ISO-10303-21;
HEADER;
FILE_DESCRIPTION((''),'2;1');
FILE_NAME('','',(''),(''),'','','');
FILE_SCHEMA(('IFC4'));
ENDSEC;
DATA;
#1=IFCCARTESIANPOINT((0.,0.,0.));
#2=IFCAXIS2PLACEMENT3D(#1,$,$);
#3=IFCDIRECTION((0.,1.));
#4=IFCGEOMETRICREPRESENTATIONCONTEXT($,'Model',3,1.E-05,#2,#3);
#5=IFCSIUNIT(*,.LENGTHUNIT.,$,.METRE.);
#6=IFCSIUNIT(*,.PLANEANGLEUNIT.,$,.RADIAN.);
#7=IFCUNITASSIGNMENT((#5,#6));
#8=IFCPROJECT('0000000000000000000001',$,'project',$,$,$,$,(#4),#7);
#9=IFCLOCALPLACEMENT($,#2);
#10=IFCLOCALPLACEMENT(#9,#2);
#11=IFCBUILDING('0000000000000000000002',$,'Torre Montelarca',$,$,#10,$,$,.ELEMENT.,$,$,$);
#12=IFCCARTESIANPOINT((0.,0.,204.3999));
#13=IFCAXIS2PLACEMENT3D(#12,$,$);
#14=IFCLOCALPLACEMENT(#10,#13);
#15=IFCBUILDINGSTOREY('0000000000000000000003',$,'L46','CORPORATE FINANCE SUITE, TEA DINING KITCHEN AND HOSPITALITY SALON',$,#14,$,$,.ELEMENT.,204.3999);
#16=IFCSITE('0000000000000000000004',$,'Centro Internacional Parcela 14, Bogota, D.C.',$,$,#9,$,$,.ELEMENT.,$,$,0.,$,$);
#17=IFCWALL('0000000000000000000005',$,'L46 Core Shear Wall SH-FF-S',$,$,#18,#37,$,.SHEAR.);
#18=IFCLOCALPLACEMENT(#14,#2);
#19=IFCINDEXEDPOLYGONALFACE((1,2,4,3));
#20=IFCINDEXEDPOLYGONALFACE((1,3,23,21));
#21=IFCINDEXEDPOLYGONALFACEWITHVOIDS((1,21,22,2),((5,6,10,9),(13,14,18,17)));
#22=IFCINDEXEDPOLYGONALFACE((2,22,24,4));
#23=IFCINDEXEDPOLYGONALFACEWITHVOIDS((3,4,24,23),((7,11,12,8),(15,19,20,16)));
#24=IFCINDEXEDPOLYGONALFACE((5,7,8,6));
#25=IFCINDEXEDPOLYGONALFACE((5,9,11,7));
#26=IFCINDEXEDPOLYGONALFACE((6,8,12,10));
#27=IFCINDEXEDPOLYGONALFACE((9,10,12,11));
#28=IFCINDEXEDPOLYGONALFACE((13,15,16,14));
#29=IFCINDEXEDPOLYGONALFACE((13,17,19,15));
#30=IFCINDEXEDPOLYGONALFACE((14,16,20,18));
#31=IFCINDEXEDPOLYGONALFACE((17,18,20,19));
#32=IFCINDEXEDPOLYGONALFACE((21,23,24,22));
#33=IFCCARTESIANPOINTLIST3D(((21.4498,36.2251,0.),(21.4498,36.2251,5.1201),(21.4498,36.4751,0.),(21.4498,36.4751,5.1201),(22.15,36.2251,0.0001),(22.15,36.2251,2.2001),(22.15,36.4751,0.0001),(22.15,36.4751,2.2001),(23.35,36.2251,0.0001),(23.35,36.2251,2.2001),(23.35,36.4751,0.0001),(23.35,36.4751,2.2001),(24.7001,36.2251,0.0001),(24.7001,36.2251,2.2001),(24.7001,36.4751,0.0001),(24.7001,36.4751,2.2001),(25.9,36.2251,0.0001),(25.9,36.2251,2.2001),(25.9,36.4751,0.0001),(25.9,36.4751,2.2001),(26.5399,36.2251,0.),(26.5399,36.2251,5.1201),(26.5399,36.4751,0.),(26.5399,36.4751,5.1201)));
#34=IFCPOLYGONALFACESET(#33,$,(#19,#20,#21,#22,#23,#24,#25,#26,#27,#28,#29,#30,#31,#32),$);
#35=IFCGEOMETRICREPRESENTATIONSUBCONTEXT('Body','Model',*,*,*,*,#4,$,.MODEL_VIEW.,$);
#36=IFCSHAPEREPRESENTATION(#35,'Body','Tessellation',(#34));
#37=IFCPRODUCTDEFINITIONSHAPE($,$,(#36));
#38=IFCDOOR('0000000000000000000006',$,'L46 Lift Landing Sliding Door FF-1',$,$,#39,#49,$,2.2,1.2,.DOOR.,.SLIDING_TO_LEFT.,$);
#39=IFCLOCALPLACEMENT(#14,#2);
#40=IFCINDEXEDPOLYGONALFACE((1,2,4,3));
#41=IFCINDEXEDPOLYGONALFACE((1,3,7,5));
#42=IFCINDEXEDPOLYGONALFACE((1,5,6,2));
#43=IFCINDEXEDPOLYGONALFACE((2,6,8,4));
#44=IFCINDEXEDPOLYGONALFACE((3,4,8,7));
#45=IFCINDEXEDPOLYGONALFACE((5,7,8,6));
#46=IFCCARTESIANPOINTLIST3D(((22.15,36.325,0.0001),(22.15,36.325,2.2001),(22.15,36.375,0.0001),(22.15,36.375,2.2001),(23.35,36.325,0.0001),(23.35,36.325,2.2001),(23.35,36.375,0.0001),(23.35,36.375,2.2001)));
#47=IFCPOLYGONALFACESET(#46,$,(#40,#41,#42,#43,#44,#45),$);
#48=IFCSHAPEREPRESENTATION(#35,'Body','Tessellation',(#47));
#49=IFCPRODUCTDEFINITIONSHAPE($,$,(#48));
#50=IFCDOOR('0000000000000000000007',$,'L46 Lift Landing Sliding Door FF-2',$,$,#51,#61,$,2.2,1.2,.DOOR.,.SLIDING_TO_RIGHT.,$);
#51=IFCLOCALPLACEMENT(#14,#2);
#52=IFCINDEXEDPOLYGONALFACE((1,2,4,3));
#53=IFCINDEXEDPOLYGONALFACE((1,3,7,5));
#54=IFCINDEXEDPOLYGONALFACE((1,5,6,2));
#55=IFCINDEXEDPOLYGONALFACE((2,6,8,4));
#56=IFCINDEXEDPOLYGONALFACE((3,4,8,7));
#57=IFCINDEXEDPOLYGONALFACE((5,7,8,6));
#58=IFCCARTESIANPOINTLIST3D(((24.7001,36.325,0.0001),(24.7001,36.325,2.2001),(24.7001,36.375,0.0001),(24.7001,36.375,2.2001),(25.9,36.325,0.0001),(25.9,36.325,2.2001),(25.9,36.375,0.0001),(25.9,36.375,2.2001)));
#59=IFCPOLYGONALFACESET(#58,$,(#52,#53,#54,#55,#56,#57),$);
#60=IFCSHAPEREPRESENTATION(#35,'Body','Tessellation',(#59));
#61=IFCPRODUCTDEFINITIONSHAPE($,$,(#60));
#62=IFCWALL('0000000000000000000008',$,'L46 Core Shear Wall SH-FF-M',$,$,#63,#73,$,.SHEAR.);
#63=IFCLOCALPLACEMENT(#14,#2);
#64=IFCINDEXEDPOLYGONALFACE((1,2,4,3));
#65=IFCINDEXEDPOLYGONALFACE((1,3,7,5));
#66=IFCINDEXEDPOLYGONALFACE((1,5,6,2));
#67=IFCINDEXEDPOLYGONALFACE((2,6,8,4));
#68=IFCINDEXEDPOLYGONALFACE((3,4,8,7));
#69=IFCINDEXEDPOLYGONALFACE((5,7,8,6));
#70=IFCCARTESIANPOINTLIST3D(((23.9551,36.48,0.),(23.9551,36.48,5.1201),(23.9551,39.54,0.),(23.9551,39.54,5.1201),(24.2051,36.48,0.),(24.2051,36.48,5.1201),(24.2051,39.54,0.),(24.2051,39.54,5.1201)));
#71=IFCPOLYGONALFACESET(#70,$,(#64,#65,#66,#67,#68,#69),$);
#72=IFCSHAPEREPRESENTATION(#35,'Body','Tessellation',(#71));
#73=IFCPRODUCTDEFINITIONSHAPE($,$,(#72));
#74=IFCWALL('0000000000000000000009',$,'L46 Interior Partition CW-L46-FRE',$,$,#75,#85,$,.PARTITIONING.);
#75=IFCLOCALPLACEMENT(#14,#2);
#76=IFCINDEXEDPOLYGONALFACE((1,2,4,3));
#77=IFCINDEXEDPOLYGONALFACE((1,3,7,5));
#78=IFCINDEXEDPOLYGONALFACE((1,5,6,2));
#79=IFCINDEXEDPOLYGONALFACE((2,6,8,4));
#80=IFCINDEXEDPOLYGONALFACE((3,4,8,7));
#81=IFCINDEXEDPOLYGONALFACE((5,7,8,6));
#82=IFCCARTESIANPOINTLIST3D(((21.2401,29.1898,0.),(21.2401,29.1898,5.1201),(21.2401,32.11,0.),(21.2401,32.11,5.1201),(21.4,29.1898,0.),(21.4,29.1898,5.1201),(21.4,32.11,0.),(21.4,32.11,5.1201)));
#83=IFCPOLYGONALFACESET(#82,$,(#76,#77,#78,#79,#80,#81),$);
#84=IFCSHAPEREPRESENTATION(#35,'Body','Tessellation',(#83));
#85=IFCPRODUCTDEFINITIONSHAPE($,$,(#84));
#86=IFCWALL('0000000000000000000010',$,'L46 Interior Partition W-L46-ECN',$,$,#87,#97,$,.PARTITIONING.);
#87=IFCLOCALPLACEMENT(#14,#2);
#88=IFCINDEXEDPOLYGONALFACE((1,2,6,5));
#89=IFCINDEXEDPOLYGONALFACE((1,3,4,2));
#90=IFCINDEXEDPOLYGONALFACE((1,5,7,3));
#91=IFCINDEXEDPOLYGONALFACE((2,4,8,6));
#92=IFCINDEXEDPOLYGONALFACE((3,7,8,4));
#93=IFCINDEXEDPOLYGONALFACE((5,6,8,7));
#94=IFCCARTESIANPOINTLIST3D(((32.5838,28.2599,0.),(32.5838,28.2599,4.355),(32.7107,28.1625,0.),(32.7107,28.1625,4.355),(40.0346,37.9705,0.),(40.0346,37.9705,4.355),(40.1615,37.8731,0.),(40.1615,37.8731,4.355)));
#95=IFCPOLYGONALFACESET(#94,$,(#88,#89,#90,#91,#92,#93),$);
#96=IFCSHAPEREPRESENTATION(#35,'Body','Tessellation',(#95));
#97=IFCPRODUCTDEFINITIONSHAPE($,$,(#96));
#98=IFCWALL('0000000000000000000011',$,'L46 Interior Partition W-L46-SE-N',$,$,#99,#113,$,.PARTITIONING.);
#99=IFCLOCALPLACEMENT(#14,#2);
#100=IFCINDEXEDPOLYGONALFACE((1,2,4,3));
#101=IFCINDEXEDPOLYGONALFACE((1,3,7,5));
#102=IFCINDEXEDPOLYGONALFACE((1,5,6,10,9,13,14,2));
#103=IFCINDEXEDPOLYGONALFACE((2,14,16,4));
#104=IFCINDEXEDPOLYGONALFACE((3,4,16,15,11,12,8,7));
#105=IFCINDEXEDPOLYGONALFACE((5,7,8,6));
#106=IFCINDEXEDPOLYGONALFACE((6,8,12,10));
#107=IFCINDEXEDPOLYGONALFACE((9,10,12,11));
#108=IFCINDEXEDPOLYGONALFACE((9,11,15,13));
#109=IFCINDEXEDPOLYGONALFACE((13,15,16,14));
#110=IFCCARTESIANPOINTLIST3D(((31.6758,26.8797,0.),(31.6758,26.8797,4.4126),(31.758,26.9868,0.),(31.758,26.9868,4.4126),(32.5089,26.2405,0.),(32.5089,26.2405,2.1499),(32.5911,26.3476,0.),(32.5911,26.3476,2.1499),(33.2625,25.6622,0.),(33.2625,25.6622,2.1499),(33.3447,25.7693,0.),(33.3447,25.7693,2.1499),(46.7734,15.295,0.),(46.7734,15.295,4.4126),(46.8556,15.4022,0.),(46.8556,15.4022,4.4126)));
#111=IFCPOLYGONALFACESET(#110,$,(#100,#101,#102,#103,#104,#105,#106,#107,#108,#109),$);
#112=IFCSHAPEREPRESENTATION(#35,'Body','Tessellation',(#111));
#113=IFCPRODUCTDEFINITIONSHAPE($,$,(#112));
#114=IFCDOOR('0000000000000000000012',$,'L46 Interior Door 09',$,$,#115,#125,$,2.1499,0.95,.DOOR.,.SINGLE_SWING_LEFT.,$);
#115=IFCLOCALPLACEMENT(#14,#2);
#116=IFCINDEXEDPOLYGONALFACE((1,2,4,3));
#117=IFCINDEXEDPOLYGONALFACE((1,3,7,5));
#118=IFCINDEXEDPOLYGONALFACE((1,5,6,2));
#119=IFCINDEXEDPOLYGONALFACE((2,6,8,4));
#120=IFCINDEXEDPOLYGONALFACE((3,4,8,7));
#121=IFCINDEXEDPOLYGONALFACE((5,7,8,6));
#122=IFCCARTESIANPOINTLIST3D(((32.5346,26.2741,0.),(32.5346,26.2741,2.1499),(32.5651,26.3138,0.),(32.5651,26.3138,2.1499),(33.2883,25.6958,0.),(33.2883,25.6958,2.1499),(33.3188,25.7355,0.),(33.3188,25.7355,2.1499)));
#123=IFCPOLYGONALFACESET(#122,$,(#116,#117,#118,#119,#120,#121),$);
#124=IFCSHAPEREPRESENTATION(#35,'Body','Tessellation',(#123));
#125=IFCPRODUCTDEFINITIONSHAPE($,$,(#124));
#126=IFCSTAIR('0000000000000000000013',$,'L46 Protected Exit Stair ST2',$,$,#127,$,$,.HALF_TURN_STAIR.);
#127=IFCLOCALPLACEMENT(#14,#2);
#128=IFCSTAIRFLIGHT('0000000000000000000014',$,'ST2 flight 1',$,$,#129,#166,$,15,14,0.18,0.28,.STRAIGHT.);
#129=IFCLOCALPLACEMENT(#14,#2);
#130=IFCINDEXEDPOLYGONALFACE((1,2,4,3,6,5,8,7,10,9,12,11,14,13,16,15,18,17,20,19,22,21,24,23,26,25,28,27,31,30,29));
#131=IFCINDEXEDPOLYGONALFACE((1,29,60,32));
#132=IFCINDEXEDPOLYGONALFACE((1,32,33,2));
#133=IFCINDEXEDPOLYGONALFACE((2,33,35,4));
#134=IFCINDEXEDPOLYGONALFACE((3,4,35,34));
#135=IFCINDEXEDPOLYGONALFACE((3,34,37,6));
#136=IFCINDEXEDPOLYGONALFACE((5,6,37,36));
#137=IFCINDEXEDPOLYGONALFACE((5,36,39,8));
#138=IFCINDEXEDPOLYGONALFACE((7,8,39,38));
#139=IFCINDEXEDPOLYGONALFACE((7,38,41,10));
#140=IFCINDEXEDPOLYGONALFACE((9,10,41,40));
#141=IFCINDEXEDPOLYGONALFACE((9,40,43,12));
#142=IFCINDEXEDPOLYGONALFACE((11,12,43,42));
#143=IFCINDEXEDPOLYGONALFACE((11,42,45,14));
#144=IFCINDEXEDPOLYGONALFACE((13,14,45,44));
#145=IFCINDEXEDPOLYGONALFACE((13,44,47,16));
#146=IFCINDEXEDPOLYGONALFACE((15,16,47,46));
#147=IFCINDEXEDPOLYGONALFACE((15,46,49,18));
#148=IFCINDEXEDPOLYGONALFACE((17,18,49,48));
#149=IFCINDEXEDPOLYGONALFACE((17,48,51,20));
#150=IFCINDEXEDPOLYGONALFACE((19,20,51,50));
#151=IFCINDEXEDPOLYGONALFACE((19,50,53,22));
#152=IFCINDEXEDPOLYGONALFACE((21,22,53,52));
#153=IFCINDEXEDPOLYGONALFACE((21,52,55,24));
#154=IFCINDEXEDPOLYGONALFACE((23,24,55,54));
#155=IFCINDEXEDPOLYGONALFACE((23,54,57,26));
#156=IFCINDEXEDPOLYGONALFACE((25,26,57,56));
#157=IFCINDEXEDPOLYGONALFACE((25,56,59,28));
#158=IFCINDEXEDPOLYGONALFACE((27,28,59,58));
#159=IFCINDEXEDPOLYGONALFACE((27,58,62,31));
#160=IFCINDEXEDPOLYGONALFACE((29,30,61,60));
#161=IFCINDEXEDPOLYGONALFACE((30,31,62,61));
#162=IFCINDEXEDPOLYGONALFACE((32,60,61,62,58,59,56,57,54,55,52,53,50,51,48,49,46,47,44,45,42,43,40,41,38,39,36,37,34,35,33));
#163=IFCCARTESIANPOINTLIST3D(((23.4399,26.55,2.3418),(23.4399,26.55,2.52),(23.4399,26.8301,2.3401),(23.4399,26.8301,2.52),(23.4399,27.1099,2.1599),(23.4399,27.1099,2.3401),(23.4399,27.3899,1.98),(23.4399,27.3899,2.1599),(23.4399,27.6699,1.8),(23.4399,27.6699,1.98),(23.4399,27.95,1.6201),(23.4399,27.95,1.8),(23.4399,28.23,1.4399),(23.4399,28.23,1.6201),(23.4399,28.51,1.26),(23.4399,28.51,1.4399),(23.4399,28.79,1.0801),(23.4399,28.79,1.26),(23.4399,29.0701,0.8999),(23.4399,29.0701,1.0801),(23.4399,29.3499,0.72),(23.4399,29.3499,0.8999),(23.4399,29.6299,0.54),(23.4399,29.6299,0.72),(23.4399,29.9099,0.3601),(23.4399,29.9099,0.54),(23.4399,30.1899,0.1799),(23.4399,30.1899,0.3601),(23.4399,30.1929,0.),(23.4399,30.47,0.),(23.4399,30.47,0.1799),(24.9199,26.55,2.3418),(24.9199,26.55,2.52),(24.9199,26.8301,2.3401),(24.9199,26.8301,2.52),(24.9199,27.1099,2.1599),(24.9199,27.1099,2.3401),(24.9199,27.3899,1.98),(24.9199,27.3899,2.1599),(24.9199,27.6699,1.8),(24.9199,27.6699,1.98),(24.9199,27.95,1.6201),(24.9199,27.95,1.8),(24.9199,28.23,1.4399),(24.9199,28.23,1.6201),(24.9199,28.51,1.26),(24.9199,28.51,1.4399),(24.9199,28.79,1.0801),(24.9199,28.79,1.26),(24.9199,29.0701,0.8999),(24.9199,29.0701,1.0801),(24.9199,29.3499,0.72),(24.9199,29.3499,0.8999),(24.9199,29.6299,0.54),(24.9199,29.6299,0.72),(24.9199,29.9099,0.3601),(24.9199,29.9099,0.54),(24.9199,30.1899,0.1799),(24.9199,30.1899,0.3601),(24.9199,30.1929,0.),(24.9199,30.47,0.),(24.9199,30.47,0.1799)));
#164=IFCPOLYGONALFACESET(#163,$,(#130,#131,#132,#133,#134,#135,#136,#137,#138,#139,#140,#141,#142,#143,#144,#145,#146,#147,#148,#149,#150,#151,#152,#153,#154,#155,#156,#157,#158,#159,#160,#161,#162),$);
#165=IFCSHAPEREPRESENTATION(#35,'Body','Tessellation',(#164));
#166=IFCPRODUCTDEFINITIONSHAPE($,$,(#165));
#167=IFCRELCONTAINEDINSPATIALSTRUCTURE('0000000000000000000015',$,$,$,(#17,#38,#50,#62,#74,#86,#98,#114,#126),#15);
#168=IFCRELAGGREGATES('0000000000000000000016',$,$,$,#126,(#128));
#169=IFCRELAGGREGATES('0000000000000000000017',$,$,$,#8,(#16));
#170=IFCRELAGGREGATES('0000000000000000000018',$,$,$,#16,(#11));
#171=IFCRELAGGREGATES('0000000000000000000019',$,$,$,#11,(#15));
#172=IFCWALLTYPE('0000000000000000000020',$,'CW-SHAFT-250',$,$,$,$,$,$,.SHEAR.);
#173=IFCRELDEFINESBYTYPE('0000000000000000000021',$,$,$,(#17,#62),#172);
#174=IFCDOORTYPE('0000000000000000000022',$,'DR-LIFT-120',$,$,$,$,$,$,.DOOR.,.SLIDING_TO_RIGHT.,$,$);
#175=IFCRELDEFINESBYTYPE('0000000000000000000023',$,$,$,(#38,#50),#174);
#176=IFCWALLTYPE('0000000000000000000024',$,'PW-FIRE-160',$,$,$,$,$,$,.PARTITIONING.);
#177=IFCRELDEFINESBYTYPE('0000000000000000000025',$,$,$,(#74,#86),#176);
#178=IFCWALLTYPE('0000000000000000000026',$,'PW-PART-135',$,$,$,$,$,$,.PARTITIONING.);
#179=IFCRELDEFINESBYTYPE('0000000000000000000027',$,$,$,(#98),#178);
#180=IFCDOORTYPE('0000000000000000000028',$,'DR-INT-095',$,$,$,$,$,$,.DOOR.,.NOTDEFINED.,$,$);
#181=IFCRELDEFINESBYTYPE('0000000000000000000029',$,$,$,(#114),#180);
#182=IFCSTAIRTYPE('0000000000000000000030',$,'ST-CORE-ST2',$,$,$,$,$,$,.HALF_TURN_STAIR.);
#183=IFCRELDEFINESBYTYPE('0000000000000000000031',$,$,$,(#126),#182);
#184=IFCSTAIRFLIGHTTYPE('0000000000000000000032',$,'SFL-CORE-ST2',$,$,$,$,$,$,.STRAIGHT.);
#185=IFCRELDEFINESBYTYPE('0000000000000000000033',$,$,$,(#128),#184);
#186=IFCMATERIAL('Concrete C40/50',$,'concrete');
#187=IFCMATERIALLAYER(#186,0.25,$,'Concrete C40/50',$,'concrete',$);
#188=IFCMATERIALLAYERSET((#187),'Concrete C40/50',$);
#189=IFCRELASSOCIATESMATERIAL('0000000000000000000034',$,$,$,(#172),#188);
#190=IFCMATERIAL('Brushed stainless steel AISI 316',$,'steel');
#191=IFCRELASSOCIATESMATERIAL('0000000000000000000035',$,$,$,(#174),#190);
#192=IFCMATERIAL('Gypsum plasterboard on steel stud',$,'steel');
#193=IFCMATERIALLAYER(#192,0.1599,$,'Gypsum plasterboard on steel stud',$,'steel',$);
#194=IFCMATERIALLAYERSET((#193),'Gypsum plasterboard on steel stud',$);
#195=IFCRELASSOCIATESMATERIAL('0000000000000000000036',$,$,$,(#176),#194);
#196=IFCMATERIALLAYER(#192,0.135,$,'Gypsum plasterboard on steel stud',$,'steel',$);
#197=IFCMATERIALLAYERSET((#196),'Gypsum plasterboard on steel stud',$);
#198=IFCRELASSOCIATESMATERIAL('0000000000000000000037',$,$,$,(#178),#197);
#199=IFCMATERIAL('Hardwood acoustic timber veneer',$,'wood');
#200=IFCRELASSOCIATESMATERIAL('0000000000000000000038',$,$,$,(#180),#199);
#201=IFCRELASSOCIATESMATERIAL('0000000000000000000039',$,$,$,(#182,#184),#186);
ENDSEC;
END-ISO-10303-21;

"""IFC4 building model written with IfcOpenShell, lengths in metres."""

from ifc_helpers import new_model, si_unit, direction, frame, frame_2d, origin, place, context, subcontext, project, spatial, polyline, rectangle, outline, extrude, source, transform, mapped, material, layer, layer_set, type_object, element, fill, aggregate, save


model = new_model("IFC4")

# Units and contexts
model_context = context("Model", 3, precision=1e-05, world=origin(), true_north=direction((0.0, 1.0)))
body_context = subcontext(model_context, "Body", "Model", "MODEL_VIEW")
ifc_project = project(units=[si_unit("LENGTHUNIT", "METRE"), si_unit("PLANEANGLEUNIT", "RADIAN")], contexts=[model_context])

# Site, building, storey
site_placement = place(None, origin())
site = spatial("IfcSite", under=ifc_project, at=site_placement, Name="Centro Internacional Parcela 14, Bogota, D.C.", CompositionType="ELEMENT", RefElevation=0.0)
building_placement = place(site_placement, origin())
building = spatial("IfcBuilding", under=site, at=building_placement, Name="Torre Montelarca", CompositionType="ELEMENT")
storey_placement = place(building_placement, frame((0.0, 0.0, 204.3999)))
storey = spatial("IfcBuildingStorey", under=building, at=storey_placement, Name="L46", Description="CORPORATE FINANCE SUITE, TEA DINING KITCHEN AND HOSPITALITY SALON", CompositionType="ELEMENT", Elevation=204.3999)

# Shared definitions
ifc_material_1 = material(Name="Concrete C40/50", Category="concrete")
ifc_layer_1 = layer(ifc_material_1, 0.25, Name="Concrete C40/50", Category="concrete")
ifc_layer_set_1 = layer_set([ifc_layer_1], Name="Concrete C40/50")
wall_type_1 = type_object("IfcWallType", Name="CW-SHAFT-250", PredefinedType="SHEAR", material=ifc_layer_set_1)

# Wall, openings, doors
wall_1_placement = place(storey_placement, frame((21.45, 36.3501, 0.0), z_axis=(0.0, 0.0, 1.0), x_axis=(1.0, 0.0, 0.0)))
wall_1 = element("IfcWall", 1, at=wall_1_placement, inside=storey, type_object=wall_type_1, Name="L46 Core Shear Wall SH-FF-S", PredefinedType="SHEAR", context=body_context, shape_type="SweptSolid", body=[
    extrude(rectangle(XDim=5.0901, YDim=0.25, at=frame_2d((2.5449, 0.0))), origin(), (0.0, 0.0, 1.0), 5.1201),
])
opening_1_placement = place(wall_1_placement, frame((0.7, 0.0, 0.0)))
opening_1 = element("IfcOpeningElement", 2, at=opening_1_placement, cuts=wall_1, PredefinedType="OPENING", context=body_context, shape_type="SweptSolid", body=[
    extrude(rectangle(XDim=1.2, YDim=2.2, at=frame_2d((0.6001, 1.1001))), frame((0.0, 0.135, 0.0), z_axis=(0.0, -1.0, 0.0), x_axis=(1.0, 0.0, 0.0)), (0.0, 0.0, 1.0), 0.27),
])
opening_2_placement = place(wall_1_placement, frame((3.25, 0.0, 0.0)))
opening_2 = element("IfcOpeningElement", 3, at=opening_2_placement, cuts=wall_1, PredefinedType="OPENING", context=body_context, shape_type="SweptSolid", body=[
    extrude(rectangle(XDim=1.2, YDim=2.2, at=frame_2d((0.6001, 1.1001))), frame((0.0, 0.135, 0.0), z_axis=(0.0, -1.0, 0.0), x_axis=(1.0, 0.0, 0.0)), (0.0, 0.0, 1.0), 0.27),
])
ifc_material_2 = material(Name="Brushed stainless steel AISI 316", Category="steel")
door_type_1 = type_object("IfcDoorType", Name="DR-LIFT-120", OperationType="SLIDING_TO_RIGHT", PredefinedType="DOOR", material=ifc_material_2)
shared_shape_1 = source(origin(), body_context, "Body", "SweptSolid", [
    extrude(rectangle(XDim=1.2, YDim=2.2, at=frame_2d((0.6001, 1.1001))), frame((0.0, 0.0249, 0.0), z_axis=(0.0, -1.0, 0.0), x_axis=(1.0, 0.0, 0.0)), (0.0, 0.0, 1.0), 0.05),
])
door_1_placement = place(opening_1_placement, origin())
door_1 = element("IfcDoor", 4, at=door_1_placement, inside=storey, type_object=door_type_1, Name="L46 Lift Landing Sliding Door FF-1", OperationType="SLIDING_TO_LEFT", OverallHeight=2.2, OverallWidth=1.2, PredefinedType="DOOR", context=body_context, shape_type="MappedRepresentation", body=[
    mapped(shared_shape_1, transform((0.0, 0.0, 0.0), scale=1.0)),
])
fill(opening_1, door_1)
door_2_placement = place(opening_2_placement, origin())
door_2 = element("IfcDoor", 5, at=door_2_placement, inside=storey, type_object=door_type_1, Name="L46 Lift Landing Sliding Door FF-2", OperationType="SLIDING_TO_RIGHT", OverallHeight=2.2, OverallWidth=1.2, PredefinedType="DOOR", context=body_context, shape_type="MappedRepresentation", body=[
    mapped(shared_shape_1, transform((0.0, 0.0, 0.0), scale=1.0)),
])
fill(opening_2, door_2)

# Walls
wall_2_placement = place(storey_placement, frame((24.0801, 36.48, 0.0), z_axis=(0.0, 0.0, 1.0), x_axis=(0.0, 1.0, 0.0)))
element("IfcWall", 6, at=wall_2_placement, inside=storey, type_object=wall_type_1, Name="L46 Core Shear Wall SH-FF-M", PredefinedType="SHEAR", context=body_context, shape_type="SweptSolid", body=[
    extrude(rectangle(XDim=3.0601, YDim=0.25, at=frame_2d((1.53, 0.0))), origin(), (0.0, 0.0, 1.0), 5.1201),
])
ifc_material_3 = material(Name="Gypsum plasterboard on steel stud", Category="steel")
ifc_layer_2 = layer(ifc_material_3, 0.1599, Name="Gypsum plasterboard on steel stud", Category="steel")
ifc_layer_set_2 = layer_set([ifc_layer_2], Name="Gypsum plasterboard on steel stud")
wall_type_2 = type_object("IfcWallType", Name="PW-FIRE-160", PredefinedType="PARTITIONING", material=ifc_layer_set_2)
wall_3_placement = place(storey_placement, frame((21.3201, 29.1899, 0.0), z_axis=(0.0, 0.0, 1.0), x_axis=(0.0, 1.0, 0.0)))
element("IfcWall", 7, at=wall_3_placement, inside=storey, type_object=wall_type_2, Name="L46 Interior Partition CW-L46-FRE", PredefinedType="PARTITIONING", context=body_context, shape_type="SweptSolid", body=[
    extrude(rectangle(XDim=2.9202, YDim=0.1599, at=frame_2d((1.46, 0.0))), origin(), (0.0, 0.0, 1.0), 5.1201),
])
wall_4_placement = place(storey_placement, frame((32.6472, 28.2112, 0.0), z_axis=(0.0, 0.0, 1.0), x_axis=(0.608743, 0.793367, 0.0)))
element("IfcWall", 8, at=wall_4_placement, inside=storey, type_object=wall_type_2, Name="L46 Interior Partition W-L46-ECN", PredefinedType="PARTITIONING", context=body_context, shape_type="SweptSolid", body=[
    extrude(rectangle(XDim=12.2397, YDim=0.1599, at=frame_2d((6.1199, 0.0))), origin(), (0.0, 0.0, 1.0), 4.355),
])

# Wall, opening, door
ifc_layer_3 = layer(ifc_material_3, 0.135, Name="Gypsum plasterboard on steel stud", Category="steel")
ifc_layer_set_3 = layer_set([ifc_layer_3], Name="Gypsum plasterboard on steel stud")
wall_type_3 = type_object("IfcWallType", Name="PW-PART-135", PredefinedType="PARTITIONING", material=ifc_layer_set_3)
wall_5_placement = place(storey_placement, frame((31.7168, 26.9333, 0.0), z_axis=(0.0, 0.0, 1.0), x_axis=(0.793356, -0.608757, 0.0)))
wall_5 = element("IfcWall", 9, at=wall_5_placement, inside=storey, type_object=wall_type_3, Name="L46 Interior Partition W-L46-SE-N", PredefinedType="PARTITIONING", context=body_context, shape_type="SweptSolid", body=[
    extrude(rectangle(XDim=19.03, YDim=0.135, at=frame_2d((9.5151, 0.0))), origin(), (0.0, 0.0, 1.0), 4.4126),
])
opening_3_placement = place(wall_5_placement, frame((1.05, 0.0, 0.0)))
opening_3 = element("IfcOpeningElement", 10, at=opening_3_placement, cuts=wall_5, PredefinedType="OPENING", context=body_context, shape_type="SweptSolid", body=[
    extrude(rectangle(XDim=0.95, YDim=2.1499, at=frame_2d((0.4751, 1.075))), frame((0.0, 0.0776, 0.0), z_axis=(0.0, -1.0, 0.0), x_axis=(1.0, 0.0, 0.0)), (0.0, 0.0, 1.0), 0.155),
])
ifc_material_4 = material(Name="Hardwood acoustic timber veneer", Category="wood")
door_type_2 = type_object("IfcDoorType", Name="DR-INT-095", OperationType="NOTDEFINED", PredefinedType="DOOR", material=ifc_material_4)
shared_shape_2 = source(origin(), body_context, "Body", "SweptSolid", [
    extrude(rectangle(XDim=0.95, YDim=2.1499, at=frame_2d((0.4751, 1.075))), frame((0.0, 0.0249, 0.0), z_axis=(0.0, -1.0, 0.0), x_axis=(1.0, 0.0, 0.0)), (0.0, 0.0, 1.0), 0.05),
])
door_3_placement = place(opening_3_placement, origin())
door_3 = element("IfcDoor", 11, at=door_3_placement, inside=storey, type_object=door_type_2, Name="L46 Interior Door 09", OperationType="SINGLE_SWING_LEFT", OverallHeight=2.1499, OverallWidth=0.95, PredefinedType="DOOR", context=body_context, shape_type="MappedRepresentation", body=[
    mapped(shared_shape_2, transform((0.0, 0.0, 0.0), scale=1.0)),
])
fill(opening_3, door_3)

# Stair, stair flight
stair_type = type_object("IfcStairType", Name="ST-CORE-ST2", PredefinedType="HALF_TURN_STAIR", material=ifc_material_1)
stair_placement = place(storey_placement, origin())
stair = element("IfcStair", 12, at=stair_placement, inside=storey, type_object=stair_type, Name="L46 Protected Exit Stair ST2", PredefinedType="HALF_TURN_STAIR")
stair_flight_type = type_object("IfcStairFlightType", Name="SFL-CORE-ST2", PredefinedType="STRAIGHT", material=ifc_material_1)
stair_flight_placement = place(storey_placement, frame((24.1799, 30.47, 0.0), z_axis=(0.0, 0.0, 1.0), x_axis=(0.0, -1.0, 0.0)))
stair_flight = element("IfcStairFlight", 13, at=stair_flight_placement, type_object=stair_flight_type, Name="ST2 flight 1", NumberOfRisers=15, NumberOfTreads=14, PredefinedType="STRAIGHT", RiserHeight=0.18, TreadLength=0.28, context=body_context, shape_type="SweptSolid", body=[
    extrude(outline(polyline([(0.0, 0.0), (0.0, 0.1799), (0.28, 0.1799), (0.28, 0.3601), (0.5601, 0.3601), (0.5601, 0.54), (0.8401, 0.54), (0.8401, 0.72), (1.1201, 0.72), (1.1201, 0.8999), (1.3999, 0.8999), (1.3999, 1.0801), (1.6799, 1.0801), (1.6799, 1.26), (1.96, 1.26), (1.96, 1.4399), (2.24, 1.4399), (2.24, 1.6201), (2.52, 1.6201), (2.52, 1.8), (2.8, 1.8), (2.8, 1.98), (3.0801, 1.98), (3.0801, 2.1599), (3.3601, 2.1599), (3.3601, 2.3401), (3.6399, 2.3401), (3.6399, 2.52), (3.9199, 2.52), (3.9199, 2.7), (3.9199, 2.3418), (0.2771, 0.0), (0.0, 0.0)])), frame((0.0, 0.74, 0.0), z_axis=(0.0, -1.0, 0.0), x_axis=(1.0, 0.0, 0.0)), (0.0, 0.0, 1.0), 1.48),
])
aggregate(stair, [stair_flight])

save(model, "model.ifc")
